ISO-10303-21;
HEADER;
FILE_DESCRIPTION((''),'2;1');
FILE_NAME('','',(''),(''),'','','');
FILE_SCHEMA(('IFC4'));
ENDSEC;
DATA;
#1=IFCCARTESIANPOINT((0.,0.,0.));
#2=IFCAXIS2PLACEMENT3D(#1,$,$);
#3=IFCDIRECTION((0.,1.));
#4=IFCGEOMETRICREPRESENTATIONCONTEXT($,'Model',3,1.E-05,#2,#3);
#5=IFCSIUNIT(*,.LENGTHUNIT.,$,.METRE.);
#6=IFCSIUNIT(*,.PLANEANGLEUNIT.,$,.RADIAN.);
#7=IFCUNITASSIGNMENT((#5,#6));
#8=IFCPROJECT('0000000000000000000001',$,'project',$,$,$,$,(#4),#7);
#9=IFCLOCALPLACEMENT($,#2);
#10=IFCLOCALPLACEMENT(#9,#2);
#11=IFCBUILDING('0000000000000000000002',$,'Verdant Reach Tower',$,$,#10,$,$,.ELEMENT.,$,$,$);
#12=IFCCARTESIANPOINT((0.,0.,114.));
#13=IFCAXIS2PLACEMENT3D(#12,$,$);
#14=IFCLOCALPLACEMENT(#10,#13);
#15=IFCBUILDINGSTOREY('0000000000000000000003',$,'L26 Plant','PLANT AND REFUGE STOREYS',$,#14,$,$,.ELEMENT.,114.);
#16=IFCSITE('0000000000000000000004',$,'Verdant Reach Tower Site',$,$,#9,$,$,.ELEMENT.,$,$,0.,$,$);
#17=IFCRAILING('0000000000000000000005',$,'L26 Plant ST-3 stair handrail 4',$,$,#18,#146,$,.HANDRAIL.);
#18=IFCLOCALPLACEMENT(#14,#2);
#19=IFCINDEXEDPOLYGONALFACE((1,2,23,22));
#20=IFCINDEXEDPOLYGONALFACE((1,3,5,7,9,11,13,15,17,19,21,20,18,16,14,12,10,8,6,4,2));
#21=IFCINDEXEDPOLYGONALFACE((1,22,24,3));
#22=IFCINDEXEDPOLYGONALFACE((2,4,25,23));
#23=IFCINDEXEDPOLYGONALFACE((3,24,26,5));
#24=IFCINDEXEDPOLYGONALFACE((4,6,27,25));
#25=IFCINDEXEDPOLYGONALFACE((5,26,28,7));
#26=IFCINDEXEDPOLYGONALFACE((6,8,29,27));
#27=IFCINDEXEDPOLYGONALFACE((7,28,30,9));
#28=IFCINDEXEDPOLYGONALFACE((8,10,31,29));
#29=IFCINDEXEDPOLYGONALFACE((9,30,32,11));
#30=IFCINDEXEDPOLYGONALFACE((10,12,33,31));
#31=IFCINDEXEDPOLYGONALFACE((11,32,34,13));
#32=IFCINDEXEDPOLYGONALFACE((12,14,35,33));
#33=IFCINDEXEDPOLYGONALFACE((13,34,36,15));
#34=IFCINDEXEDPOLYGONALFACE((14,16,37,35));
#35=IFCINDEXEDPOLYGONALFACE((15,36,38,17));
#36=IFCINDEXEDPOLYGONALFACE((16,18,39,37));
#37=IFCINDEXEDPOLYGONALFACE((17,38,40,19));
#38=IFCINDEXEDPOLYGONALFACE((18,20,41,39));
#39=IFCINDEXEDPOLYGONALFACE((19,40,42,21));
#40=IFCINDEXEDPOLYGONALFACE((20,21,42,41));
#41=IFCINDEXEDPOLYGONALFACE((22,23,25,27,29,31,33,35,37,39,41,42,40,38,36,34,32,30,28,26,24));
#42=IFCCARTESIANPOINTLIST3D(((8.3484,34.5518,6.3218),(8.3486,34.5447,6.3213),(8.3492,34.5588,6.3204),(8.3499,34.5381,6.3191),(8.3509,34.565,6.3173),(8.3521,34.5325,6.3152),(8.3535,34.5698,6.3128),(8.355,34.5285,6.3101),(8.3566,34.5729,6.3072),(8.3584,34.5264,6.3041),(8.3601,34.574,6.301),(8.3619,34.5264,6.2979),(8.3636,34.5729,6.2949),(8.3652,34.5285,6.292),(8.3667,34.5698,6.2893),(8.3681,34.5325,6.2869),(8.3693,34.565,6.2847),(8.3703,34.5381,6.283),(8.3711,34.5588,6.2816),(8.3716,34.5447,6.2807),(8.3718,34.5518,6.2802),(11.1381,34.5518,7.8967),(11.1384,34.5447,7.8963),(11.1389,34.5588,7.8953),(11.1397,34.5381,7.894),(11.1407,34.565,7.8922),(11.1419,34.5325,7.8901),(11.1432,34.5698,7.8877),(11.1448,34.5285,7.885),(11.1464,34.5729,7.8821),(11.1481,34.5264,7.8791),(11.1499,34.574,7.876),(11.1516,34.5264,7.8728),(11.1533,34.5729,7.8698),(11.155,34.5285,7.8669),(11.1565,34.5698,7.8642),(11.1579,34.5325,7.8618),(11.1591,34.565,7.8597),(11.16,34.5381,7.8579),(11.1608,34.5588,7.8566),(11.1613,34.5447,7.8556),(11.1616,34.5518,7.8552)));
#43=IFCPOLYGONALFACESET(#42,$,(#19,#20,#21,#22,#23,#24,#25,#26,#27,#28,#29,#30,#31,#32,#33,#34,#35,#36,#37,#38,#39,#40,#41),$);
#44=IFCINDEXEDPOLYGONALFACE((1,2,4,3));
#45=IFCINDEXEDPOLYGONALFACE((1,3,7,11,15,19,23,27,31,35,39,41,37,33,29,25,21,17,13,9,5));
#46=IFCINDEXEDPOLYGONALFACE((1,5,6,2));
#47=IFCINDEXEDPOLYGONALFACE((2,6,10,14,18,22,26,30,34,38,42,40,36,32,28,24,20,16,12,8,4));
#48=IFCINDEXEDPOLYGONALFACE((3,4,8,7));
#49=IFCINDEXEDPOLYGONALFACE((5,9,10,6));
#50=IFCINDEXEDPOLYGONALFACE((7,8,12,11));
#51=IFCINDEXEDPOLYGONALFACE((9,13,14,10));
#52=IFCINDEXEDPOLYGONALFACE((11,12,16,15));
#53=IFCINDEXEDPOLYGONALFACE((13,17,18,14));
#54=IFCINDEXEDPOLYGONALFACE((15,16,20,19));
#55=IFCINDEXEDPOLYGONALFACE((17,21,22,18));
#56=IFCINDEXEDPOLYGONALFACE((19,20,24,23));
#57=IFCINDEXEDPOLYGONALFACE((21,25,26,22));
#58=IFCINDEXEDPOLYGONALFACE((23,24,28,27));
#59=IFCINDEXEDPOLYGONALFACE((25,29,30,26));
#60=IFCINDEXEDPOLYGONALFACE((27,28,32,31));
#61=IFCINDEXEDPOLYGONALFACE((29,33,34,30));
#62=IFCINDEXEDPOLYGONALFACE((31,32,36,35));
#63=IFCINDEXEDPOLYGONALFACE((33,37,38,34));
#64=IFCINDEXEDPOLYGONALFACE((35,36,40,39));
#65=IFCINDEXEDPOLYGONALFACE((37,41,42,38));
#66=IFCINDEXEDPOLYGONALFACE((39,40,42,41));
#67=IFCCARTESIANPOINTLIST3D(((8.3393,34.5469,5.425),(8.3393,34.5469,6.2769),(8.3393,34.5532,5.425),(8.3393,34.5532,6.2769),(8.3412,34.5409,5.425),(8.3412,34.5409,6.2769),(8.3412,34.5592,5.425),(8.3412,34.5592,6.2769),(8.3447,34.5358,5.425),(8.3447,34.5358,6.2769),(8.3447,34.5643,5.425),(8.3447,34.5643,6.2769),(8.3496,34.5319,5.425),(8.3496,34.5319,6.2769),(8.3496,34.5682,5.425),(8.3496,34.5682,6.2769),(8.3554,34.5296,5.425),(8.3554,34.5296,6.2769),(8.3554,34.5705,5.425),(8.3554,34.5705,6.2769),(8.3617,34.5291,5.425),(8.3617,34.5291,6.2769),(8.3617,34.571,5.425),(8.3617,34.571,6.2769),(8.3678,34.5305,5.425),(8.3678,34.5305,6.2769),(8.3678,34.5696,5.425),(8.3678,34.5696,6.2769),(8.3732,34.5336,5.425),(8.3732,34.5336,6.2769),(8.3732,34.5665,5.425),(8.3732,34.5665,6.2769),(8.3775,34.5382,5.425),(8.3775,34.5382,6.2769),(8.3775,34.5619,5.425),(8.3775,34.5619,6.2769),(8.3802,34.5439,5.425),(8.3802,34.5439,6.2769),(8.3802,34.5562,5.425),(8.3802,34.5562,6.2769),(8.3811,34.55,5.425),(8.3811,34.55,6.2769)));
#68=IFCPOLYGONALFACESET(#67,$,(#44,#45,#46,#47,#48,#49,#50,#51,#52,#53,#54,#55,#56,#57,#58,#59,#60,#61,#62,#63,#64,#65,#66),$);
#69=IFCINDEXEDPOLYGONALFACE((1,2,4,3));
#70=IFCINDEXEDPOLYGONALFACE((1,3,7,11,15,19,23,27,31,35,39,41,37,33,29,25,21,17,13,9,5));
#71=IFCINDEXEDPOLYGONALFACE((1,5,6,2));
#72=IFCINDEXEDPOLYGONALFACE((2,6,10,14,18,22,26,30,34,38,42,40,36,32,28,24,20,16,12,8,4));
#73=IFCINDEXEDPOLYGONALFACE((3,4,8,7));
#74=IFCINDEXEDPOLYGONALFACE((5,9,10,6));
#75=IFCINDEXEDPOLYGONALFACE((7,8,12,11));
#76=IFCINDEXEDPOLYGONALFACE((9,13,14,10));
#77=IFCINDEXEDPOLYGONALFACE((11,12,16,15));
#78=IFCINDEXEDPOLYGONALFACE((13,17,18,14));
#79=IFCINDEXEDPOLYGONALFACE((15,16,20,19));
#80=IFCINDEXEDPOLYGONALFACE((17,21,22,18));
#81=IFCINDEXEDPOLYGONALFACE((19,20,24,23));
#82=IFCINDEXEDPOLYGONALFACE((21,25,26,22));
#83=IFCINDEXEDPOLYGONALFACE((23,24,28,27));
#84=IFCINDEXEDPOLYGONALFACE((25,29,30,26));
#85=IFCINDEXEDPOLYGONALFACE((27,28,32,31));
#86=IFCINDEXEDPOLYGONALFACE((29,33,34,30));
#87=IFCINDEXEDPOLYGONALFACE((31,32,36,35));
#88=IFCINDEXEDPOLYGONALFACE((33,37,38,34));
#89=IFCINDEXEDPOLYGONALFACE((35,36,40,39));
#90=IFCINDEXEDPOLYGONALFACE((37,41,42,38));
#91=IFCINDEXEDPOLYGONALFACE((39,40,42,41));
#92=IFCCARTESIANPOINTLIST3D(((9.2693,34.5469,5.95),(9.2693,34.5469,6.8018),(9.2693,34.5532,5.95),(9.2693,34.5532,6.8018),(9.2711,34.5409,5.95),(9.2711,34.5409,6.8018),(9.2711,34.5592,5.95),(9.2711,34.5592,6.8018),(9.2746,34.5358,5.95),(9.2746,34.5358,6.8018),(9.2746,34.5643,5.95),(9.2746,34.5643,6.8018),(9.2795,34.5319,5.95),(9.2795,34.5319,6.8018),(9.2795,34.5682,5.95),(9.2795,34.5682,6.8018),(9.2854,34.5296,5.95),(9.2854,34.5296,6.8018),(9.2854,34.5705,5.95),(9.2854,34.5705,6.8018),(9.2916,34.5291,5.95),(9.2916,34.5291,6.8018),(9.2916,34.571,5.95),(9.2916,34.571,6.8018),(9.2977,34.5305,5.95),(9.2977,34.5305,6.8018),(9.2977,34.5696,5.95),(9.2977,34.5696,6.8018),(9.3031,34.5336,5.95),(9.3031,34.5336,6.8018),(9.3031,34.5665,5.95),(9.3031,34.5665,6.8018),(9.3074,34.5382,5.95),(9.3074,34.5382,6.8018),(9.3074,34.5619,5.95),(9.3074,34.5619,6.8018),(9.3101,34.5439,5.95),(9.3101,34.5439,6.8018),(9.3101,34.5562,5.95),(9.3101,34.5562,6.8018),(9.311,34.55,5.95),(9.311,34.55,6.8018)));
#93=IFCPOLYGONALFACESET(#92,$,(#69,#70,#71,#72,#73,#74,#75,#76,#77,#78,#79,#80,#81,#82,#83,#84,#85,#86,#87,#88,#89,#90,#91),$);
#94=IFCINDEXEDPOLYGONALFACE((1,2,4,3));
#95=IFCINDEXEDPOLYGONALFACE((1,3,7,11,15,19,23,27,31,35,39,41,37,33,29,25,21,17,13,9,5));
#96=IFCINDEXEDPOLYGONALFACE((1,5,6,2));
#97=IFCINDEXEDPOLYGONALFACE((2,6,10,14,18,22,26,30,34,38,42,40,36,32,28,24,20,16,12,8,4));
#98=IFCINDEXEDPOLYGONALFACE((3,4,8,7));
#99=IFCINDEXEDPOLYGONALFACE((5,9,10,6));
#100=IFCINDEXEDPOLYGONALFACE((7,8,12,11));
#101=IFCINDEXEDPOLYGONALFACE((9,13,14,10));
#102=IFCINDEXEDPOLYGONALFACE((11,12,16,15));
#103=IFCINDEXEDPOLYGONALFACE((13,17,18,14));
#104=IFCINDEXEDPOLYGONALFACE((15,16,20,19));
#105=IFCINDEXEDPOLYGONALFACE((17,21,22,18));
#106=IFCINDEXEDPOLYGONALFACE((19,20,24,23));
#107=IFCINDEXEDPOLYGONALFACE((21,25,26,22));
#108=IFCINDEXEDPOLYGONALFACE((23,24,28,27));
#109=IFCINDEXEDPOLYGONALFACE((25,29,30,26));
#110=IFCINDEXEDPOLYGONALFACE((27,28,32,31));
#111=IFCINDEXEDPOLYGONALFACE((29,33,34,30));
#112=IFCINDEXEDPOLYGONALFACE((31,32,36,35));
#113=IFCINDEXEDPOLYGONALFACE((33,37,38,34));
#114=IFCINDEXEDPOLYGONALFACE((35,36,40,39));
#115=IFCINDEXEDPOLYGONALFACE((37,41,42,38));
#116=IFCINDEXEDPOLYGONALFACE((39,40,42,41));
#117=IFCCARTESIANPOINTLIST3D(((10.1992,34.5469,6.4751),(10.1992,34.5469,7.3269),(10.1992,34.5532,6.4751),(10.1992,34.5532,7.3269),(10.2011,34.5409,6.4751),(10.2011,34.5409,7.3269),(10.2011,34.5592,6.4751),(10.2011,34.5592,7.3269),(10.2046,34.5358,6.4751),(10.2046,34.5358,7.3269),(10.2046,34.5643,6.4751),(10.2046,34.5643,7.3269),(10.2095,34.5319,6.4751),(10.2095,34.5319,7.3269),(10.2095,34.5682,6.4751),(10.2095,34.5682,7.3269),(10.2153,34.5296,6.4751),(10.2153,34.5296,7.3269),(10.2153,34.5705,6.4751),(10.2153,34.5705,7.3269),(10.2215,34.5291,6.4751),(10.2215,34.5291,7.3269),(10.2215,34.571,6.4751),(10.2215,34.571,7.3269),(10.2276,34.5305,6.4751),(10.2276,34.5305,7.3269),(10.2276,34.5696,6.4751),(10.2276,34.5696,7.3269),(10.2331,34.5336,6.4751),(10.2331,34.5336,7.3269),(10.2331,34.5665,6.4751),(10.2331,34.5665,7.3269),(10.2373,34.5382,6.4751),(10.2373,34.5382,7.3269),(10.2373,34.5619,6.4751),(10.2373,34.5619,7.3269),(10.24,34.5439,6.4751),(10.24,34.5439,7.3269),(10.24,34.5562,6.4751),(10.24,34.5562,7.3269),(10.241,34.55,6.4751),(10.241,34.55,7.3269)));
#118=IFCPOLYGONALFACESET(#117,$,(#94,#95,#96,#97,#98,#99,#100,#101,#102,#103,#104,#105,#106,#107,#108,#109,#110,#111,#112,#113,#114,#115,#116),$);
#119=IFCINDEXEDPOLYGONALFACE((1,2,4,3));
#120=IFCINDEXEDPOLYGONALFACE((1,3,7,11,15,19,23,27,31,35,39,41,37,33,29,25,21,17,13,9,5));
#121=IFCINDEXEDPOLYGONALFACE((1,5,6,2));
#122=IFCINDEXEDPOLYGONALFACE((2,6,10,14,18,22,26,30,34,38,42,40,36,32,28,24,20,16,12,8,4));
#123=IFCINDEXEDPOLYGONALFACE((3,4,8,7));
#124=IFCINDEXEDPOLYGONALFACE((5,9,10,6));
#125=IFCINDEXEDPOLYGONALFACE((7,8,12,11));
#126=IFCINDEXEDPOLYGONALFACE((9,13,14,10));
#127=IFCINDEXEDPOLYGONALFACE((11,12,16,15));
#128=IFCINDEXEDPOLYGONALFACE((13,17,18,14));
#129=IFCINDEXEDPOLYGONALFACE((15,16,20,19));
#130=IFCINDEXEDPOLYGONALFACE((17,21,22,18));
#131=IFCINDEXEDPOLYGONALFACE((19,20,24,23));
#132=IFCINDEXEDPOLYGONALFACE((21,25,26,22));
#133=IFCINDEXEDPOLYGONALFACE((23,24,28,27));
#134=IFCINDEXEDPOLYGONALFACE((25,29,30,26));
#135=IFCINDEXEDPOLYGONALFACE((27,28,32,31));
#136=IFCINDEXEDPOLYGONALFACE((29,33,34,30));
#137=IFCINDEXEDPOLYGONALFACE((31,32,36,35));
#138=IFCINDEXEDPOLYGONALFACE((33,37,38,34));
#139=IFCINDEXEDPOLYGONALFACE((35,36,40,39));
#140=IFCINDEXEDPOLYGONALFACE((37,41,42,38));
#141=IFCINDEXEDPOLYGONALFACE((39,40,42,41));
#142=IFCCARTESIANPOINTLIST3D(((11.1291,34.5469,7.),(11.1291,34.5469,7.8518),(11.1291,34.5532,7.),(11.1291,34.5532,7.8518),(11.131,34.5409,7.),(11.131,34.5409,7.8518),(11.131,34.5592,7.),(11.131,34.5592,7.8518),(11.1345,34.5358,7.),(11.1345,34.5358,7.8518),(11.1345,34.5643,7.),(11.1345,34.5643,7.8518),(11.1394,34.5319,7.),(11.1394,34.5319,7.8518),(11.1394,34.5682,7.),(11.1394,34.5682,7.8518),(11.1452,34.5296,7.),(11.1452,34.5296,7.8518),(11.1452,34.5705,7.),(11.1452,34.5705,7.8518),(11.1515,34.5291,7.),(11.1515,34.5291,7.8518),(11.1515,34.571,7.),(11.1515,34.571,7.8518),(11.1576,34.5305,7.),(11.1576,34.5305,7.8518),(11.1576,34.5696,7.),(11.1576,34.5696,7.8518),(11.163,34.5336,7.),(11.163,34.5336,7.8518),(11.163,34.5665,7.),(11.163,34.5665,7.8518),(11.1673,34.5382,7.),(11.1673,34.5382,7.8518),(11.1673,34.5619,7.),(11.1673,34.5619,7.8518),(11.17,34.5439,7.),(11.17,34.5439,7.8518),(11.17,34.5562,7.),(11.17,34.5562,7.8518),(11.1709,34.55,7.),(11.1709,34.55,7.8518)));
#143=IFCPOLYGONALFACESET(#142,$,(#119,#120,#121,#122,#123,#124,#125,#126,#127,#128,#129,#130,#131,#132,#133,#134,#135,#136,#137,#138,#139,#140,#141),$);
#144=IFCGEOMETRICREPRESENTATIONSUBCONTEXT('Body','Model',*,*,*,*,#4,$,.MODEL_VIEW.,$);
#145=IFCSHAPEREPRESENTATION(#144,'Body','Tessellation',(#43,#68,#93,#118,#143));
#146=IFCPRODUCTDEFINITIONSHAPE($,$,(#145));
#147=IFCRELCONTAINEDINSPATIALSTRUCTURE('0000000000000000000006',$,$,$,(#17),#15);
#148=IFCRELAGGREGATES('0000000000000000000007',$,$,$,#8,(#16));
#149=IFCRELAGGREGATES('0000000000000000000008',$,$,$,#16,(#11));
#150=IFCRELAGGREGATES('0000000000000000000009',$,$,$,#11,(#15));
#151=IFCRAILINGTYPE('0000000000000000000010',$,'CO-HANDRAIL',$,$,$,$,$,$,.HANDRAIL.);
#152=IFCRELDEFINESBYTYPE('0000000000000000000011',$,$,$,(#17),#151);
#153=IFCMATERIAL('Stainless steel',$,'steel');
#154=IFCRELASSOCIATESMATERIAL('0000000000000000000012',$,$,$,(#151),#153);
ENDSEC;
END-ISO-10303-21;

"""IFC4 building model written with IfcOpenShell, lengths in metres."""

from ifc_helpers import new_model, si_unit, direction, frame, origin, origin_2d, place, context, subcontext, project, spatial, circle, extrude, material, type_object, element, save


model = new_model("IFC4")

# Units and contexts
model_context = context("Model", 3, precision=1e-05, world=origin(), true_north=direction((0.0, 1.0)))
body_context = subcontext(model_context, "Body", "Model", "MODEL_VIEW")
ifc_project = project(units=[si_unit("LENGTHUNIT", "METRE"), si_unit("PLANEANGLEUNIT", "RADIAN")], contexts=[model_context])

# Site, building, storey
site_placement = place(None, origin())
site = spatial("IfcSite", under=ifc_project, at=site_placement, Name="Verdant Reach Tower Site", CompositionType="ELEMENT", RefElevation=0.0)
building_placement = place(site_placement, origin())
building = spatial("IfcBuilding", under=site, at=building_placement, Name="Verdant Reach Tower", CompositionType="ELEMENT")
storey_placement = place(building_placement, frame((0.0, 0.0, 114.0)))
storey = spatial("IfcBuildingStorey", under=building, at=storey_placement, Name="L26 Plant", Description="PLANT AND REFUGE STOREYS", CompositionType="ELEMENT", Elevation=114.0)

# Railing
ifc_material_1 = material(Name="Stainless steel", Category="steel")
railing_type_1 = type_object("IfcRailingType", Name="CO-HANDRAIL", PredefinedType="HANDRAIL", material=ifc_material_1)
railing_1_placement = place(storey_placement, frame((8.3601, 34.55, 5.425)))
element("IfcRailing", 1, at=railing_1_placement, inside=storey, type_object=railing_type_1, Name="L26 Plant ST-3 stair handrail 4", PredefinedType="HANDRAIL", context=body_context, shape_type="SweptSolid", body=[
    extrude(circle(Radius=0.0239, at=origin_2d()), frame((0.0, 0.0, 0.876), z_axis=(0.870815, 0.0, 0.49161), x_axis=(0.0, 1.0, 0.0)), (0.0, 0.0, 1.0), 3.2036),
    extrude(circle(Radius=0.021, at=origin_2d()), origin(), (0.0, 0.0, 1.0), 0.8518),
    extrude(circle(Radius=0.021, at=origin_2d()), frame((0.9299, 0.0, 0.5249)), (0.0, 0.0, 1.0), 0.8518),
    extrude(circle(Radius=0.021, at=origin_2d()), frame((1.8599, 0.0, 1.05)), (0.0, 0.0, 1.0), 0.8518),
    extrude(circle(Radius=0.021, at=origin_2d()), frame((2.7898, 0.0, 1.575)), (0.0, 0.0, 1.0), 0.8518),
])

save(model, "model.ifc")
